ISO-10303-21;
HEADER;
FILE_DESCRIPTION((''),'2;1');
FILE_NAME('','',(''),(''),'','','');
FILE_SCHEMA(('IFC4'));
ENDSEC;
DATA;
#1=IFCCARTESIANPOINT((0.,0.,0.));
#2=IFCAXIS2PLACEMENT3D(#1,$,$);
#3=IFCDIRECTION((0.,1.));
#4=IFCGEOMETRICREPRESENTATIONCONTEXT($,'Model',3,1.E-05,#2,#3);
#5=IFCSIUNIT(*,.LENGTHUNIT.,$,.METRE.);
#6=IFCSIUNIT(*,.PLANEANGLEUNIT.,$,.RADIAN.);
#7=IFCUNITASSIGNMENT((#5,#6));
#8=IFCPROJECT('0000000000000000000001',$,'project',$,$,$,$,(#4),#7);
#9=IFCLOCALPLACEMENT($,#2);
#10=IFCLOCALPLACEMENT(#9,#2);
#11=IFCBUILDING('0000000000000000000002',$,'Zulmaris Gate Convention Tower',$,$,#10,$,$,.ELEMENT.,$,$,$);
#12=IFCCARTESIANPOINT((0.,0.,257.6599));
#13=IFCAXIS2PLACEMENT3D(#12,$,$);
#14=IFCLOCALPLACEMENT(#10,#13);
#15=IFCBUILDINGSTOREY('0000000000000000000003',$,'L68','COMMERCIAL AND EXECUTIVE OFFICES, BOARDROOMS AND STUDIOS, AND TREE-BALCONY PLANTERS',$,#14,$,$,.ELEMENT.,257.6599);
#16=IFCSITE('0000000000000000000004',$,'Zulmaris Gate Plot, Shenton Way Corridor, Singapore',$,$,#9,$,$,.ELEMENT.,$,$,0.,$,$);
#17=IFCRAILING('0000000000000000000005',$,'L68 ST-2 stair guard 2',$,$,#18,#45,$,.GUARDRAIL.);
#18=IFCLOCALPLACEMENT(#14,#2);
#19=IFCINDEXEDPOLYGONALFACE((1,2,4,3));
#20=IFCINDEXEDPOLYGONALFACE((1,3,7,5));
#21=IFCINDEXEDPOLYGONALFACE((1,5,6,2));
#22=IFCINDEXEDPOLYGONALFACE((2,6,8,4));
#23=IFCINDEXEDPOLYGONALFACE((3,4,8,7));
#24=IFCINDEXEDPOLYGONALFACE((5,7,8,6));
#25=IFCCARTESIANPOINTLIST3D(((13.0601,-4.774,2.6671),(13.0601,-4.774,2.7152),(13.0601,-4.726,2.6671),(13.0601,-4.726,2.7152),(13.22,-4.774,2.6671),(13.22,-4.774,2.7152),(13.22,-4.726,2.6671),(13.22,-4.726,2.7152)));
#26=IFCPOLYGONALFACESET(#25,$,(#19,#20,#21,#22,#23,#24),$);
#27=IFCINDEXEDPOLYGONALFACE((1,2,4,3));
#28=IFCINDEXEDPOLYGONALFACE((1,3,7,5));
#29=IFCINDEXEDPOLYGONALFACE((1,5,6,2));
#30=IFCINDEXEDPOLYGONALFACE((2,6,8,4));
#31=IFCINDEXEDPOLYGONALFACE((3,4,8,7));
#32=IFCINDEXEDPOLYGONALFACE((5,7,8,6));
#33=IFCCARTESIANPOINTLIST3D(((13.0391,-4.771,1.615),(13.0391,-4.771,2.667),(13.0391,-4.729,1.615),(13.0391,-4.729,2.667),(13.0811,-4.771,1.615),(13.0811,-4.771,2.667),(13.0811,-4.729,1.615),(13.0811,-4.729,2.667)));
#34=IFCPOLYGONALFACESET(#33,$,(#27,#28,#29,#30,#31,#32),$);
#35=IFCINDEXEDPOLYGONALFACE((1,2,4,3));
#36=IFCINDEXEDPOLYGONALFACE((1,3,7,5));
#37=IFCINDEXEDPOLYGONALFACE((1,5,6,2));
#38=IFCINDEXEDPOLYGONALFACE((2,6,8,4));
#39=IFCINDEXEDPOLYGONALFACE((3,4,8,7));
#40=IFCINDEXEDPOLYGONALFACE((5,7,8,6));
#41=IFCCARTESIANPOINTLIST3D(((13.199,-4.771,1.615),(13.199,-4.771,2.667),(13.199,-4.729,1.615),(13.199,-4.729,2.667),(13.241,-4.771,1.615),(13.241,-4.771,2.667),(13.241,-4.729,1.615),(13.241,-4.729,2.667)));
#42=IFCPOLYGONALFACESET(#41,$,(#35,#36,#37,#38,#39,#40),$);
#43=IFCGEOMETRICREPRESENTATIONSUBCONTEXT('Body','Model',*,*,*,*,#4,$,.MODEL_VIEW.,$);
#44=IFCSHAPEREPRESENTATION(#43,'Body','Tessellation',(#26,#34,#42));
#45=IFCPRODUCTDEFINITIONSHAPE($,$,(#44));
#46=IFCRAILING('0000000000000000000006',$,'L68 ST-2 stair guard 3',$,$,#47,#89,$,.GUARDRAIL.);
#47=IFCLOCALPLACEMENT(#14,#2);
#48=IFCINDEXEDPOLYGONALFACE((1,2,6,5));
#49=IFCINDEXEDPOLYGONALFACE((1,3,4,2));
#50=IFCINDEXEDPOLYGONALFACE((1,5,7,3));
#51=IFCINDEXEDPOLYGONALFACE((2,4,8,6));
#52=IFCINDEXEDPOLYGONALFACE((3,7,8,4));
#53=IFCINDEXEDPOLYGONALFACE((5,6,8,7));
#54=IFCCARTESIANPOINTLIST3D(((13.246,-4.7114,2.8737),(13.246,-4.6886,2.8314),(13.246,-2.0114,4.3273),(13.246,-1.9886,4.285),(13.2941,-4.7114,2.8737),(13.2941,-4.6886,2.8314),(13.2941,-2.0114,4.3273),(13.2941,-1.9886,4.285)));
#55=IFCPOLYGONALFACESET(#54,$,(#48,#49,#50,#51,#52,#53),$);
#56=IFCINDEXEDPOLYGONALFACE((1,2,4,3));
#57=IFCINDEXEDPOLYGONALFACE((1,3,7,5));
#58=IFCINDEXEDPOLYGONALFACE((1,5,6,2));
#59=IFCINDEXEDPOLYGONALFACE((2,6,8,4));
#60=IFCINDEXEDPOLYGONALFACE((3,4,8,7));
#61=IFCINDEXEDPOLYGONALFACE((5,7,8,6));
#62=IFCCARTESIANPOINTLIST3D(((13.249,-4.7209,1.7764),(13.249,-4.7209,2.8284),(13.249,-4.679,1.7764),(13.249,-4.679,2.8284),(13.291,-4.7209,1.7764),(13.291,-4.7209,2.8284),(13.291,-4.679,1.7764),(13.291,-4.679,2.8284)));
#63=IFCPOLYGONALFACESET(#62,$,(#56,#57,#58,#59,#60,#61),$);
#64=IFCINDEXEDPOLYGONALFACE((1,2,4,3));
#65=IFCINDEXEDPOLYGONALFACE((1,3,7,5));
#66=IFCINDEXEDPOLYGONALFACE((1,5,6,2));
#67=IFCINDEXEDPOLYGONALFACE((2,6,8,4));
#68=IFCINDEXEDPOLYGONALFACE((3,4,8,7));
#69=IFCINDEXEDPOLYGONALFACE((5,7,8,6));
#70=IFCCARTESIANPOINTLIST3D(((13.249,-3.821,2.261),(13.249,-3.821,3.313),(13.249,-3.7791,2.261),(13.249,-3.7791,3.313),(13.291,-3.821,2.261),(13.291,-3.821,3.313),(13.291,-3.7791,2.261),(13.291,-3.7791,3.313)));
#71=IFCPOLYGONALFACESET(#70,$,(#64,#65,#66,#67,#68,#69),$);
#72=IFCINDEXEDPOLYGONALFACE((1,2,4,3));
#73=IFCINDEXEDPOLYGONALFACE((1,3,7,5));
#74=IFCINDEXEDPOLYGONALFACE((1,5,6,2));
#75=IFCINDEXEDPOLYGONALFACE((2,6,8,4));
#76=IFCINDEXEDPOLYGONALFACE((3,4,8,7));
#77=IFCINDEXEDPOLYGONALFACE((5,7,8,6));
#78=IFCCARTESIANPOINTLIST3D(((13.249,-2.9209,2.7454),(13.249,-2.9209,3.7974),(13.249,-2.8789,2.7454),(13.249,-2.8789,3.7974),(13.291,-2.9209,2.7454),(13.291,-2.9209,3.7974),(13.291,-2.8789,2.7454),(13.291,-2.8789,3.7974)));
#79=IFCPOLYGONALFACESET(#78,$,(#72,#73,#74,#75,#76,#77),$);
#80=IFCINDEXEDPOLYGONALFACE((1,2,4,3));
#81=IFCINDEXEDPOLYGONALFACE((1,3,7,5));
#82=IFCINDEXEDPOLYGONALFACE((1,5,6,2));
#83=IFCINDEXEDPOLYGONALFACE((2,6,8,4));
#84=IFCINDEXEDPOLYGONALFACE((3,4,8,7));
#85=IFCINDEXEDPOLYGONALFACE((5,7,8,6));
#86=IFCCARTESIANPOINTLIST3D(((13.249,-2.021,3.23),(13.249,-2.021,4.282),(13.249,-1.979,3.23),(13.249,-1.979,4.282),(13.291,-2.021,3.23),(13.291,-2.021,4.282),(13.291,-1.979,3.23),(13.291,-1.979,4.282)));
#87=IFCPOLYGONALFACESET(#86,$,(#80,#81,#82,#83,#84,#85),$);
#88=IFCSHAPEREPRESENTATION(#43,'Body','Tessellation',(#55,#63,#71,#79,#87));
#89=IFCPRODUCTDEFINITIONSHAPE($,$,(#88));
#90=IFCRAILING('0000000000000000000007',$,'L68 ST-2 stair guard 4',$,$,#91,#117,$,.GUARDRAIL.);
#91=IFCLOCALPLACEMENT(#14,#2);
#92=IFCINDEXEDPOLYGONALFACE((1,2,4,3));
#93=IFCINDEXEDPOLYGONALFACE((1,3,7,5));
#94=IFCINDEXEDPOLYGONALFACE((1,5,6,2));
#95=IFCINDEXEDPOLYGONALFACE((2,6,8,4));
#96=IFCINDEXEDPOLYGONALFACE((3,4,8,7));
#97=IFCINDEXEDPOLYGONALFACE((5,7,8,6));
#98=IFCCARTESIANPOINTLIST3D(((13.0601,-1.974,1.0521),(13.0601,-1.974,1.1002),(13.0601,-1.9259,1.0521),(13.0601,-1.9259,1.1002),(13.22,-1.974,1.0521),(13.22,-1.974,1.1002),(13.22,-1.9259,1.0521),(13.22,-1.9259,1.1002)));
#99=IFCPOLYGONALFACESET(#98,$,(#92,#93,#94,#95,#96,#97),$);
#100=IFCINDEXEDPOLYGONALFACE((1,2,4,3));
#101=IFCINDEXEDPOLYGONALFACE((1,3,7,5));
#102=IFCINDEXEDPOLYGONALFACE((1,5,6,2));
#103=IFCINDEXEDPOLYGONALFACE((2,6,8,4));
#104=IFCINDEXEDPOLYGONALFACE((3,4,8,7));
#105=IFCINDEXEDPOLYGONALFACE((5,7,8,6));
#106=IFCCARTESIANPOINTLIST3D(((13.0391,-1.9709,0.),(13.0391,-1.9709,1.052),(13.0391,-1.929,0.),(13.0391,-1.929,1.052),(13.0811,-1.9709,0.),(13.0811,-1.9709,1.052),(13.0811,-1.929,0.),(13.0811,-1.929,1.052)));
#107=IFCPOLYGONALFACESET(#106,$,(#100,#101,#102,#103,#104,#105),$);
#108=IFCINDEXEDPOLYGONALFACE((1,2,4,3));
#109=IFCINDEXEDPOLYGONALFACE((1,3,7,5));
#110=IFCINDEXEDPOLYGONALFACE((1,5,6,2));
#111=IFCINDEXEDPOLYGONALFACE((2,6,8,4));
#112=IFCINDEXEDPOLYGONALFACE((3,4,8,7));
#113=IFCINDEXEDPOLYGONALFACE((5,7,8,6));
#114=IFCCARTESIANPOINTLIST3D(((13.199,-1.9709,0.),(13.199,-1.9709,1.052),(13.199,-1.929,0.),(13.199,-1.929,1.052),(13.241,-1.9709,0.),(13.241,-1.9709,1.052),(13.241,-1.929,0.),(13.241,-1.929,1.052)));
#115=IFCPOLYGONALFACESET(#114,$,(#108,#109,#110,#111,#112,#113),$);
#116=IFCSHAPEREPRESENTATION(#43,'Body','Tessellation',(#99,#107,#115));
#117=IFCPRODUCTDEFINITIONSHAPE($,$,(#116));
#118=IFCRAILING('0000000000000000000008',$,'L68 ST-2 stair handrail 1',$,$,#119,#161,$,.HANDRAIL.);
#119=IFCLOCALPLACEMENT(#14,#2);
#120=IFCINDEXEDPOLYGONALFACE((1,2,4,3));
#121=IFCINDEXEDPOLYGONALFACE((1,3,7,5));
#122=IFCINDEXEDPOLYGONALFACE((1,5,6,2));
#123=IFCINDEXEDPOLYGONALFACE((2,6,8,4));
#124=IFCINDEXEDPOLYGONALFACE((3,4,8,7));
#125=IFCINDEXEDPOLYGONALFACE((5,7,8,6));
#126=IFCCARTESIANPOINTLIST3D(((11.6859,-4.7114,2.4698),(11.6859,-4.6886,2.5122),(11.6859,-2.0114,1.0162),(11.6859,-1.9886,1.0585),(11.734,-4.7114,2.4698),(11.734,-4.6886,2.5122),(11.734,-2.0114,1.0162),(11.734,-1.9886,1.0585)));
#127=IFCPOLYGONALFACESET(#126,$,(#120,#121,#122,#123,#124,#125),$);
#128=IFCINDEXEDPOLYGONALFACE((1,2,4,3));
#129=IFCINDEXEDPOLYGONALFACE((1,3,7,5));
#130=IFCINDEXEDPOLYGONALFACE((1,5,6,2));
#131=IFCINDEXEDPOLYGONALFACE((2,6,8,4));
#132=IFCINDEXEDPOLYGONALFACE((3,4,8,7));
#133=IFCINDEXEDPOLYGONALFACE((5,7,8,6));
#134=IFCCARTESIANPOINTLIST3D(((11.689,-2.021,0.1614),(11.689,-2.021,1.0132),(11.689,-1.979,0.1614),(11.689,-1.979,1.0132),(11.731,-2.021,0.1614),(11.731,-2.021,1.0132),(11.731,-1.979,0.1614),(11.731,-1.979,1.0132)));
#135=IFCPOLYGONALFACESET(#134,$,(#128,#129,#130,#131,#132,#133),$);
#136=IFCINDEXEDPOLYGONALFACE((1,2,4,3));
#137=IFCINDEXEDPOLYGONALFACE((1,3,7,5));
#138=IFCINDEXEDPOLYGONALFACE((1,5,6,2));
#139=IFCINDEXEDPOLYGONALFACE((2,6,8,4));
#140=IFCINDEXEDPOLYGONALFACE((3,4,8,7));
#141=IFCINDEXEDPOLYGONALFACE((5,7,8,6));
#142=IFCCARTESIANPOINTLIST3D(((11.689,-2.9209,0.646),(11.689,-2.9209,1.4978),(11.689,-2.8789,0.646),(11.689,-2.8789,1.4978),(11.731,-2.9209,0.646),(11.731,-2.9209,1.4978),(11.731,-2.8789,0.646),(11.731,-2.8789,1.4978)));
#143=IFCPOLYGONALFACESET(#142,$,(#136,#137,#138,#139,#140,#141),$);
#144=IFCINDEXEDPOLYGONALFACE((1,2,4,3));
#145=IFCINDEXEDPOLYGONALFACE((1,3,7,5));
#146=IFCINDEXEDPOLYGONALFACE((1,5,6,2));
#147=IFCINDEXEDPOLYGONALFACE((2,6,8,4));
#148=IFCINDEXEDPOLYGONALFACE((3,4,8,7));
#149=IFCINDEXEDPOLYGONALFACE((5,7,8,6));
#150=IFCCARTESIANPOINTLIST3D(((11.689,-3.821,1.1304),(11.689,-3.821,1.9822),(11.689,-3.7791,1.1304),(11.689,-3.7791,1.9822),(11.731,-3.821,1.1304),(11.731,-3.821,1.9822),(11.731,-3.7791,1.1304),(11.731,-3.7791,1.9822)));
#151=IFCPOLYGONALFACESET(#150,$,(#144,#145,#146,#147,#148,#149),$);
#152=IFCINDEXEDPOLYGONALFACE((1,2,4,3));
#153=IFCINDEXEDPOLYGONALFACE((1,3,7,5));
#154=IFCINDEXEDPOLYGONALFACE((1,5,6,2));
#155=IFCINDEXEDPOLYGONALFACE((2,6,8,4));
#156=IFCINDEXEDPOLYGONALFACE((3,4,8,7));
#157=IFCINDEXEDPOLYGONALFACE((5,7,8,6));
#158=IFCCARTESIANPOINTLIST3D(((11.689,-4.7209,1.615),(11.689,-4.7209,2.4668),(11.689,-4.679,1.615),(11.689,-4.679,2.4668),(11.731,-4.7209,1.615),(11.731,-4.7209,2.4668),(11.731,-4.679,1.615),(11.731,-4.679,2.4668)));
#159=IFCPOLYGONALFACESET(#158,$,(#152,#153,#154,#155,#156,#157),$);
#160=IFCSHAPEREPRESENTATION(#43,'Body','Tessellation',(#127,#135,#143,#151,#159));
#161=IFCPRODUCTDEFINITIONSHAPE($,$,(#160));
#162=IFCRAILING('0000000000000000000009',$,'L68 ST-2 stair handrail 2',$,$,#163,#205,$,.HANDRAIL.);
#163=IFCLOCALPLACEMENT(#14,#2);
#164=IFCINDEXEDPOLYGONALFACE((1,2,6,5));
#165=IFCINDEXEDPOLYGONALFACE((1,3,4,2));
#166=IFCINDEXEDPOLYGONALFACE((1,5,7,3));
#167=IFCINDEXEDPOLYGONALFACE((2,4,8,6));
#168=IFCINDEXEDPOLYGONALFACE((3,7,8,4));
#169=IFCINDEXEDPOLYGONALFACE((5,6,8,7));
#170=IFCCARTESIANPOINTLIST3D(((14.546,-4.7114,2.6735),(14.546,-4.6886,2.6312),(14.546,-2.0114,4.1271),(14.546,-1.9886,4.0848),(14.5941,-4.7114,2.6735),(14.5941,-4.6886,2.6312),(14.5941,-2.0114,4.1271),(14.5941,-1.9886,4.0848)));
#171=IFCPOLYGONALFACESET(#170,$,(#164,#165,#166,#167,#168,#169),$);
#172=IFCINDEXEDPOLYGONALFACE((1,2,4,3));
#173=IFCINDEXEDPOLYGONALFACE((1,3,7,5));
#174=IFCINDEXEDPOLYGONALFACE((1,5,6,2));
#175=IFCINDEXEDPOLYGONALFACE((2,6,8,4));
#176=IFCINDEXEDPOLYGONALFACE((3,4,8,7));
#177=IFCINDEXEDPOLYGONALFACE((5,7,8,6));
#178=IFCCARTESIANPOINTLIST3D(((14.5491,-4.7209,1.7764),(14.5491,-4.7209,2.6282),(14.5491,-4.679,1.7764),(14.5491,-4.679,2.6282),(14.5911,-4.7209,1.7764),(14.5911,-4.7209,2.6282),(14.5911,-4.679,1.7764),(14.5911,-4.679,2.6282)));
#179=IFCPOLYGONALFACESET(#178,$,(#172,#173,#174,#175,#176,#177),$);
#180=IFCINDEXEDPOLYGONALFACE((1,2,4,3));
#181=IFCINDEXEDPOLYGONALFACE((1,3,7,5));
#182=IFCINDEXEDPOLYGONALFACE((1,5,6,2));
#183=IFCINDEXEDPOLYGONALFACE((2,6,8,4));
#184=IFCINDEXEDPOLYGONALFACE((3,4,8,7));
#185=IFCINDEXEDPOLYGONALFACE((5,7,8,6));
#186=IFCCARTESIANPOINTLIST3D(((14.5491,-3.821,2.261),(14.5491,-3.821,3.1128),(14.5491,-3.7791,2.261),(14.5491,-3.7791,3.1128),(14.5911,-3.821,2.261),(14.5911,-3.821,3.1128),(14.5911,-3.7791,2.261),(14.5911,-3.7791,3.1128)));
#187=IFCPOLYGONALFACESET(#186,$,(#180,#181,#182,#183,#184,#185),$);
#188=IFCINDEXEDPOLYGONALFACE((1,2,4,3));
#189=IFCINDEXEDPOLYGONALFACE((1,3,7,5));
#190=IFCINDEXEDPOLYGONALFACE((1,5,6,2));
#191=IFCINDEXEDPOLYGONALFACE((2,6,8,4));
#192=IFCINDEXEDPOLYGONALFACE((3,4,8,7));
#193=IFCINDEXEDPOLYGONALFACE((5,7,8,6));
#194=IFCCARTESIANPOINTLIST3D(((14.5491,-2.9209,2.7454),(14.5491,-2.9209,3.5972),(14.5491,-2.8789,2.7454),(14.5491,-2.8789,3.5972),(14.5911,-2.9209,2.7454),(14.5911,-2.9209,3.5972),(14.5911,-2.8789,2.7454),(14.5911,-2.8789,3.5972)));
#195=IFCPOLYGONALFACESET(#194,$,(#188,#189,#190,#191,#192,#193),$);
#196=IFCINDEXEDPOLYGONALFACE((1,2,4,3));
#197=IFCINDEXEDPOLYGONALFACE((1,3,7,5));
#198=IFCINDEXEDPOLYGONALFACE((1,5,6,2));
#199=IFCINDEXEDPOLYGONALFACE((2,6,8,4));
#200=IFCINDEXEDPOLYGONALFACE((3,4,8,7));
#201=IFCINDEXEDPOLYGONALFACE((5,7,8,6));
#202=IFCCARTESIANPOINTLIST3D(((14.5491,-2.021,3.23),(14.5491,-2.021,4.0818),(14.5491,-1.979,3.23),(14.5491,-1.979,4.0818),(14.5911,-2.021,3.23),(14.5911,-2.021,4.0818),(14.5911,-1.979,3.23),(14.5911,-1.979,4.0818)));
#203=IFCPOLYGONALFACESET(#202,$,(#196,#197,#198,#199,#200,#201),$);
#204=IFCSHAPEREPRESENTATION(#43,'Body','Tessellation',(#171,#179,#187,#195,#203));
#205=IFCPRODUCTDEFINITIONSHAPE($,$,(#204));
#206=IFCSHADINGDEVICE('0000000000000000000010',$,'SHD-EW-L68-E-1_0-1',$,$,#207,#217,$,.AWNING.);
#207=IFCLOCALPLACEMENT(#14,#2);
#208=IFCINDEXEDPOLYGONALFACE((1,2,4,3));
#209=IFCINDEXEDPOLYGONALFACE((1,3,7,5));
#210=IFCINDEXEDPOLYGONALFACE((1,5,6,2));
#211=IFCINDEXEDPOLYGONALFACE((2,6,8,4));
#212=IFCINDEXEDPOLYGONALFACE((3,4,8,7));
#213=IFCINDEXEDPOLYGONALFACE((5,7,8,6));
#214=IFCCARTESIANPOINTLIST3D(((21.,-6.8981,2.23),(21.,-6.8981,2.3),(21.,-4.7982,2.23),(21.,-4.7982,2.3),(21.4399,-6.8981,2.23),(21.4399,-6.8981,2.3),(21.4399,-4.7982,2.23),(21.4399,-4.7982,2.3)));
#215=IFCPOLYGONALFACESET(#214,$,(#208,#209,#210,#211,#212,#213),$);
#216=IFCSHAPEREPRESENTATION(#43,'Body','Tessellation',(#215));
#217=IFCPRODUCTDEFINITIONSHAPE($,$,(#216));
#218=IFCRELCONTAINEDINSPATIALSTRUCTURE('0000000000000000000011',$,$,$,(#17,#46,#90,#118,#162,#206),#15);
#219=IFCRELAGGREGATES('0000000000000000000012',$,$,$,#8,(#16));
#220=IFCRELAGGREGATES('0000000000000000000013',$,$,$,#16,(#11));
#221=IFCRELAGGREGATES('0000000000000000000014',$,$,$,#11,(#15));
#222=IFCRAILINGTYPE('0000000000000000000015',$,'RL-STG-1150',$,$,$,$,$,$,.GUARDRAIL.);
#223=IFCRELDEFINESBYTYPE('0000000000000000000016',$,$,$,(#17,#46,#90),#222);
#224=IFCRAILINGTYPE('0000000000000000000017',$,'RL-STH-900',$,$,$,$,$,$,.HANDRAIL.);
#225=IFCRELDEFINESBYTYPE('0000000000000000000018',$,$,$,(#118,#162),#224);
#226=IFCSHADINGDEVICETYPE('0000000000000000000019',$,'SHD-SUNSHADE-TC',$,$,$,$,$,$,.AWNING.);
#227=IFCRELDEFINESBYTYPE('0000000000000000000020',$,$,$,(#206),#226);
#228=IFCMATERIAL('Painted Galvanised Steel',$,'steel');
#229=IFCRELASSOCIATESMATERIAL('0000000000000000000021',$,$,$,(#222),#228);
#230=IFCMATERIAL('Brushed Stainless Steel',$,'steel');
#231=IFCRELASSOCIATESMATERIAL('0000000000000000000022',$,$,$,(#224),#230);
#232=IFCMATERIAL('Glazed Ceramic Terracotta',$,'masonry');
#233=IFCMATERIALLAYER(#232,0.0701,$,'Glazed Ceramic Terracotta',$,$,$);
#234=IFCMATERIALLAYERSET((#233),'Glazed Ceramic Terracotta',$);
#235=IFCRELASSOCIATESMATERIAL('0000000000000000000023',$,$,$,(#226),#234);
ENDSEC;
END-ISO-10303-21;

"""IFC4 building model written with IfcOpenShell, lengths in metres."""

from ifc_helpers import new_model, si_unit, direction, frame, frame_2d, origin, origin_2d, place, context, subcontext, project, spatial, rectangle, extrude, material, layer, layer_set, type_object, element, save


model = new_model("IFC4")

# Units and contexts
model_context = context("Model", 3, precision=1e-05, world=origin(), true_north=direction((0.0, 1.0)))
body_context = subcontext(model_context, "Body", "Model", "MODEL_VIEW")
ifc_project = project(units=[si_unit("LENGTHUNIT", "METRE"), si_unit("PLANEANGLEUNIT", "RADIAN")], contexts=[model_context])

# Site, building, storey
site_placement = place(None, origin())
site = spatial("IfcSite", under=ifc_project, at=site_placement, Name="Zulmaris Gate Plot, Shenton Way Corridor, Singapore", CompositionType="ELEMENT", RefElevation=0.0)
building_placement = place(site_placement, origin())
building = spatial("IfcBuilding", under=site, at=building_placement, Name="Zulmaris Gate Convention Tower", CompositionType="ELEMENT")
storey_placement = place(building_placement, frame((0.0, 0.0, 257.6599)))
storey = spatial("IfcBuildingStorey", under=building, at=storey_placement, Name="L68", Description="COMMERCIAL AND EXECUTIVE OFFICES, BOARDROOMS AND STUDIOS, AND TREE-BALCONY PLANTERS", CompositionType="ELEMENT", Elevation=257.6599)

# Railings
ifc_material_1 = material(Name="Painted Galvanised Steel", Category="steel")
railing_type_1 = type_object("IfcRailingType", Name="RL-STG-1150", PredefinedType="GUARDRAIL", material=ifc_material_1)
railing_1_placement = place(storey_placement, frame((13.0601, -4.75, 1.615)))
element("IfcRailing", 1, at=railing_1_placement, inside=storey, type_object=railing_type_1, Name="L68 ST-2 stair guard 2", PredefinedType="GUARDRAIL", context=body_context, shape_type="SweptSolid", body=[
    extrude(rectangle(XDim=0.0481, YDim=0.0481, at=origin_2d()), frame((0.0, 0.0, 1.0762), z_axis=(1.0, 0.0, 0.0), x_axis=(0.0, 1.0, 0.0)), (0.0, 0.0, 1.0), 0.1599),
    extrude(rectangle(XDim=0.042, YDim=0.042, at=origin_2d()), origin(), (0.0, 0.0, 1.0), 1.052),
    extrude(rectangle(XDim=0.042, YDim=0.042, at=origin_2d()), frame((0.1599, 0.0, 0.0)), (0.0, 0.0, 1.0), 1.052),
])
railing_2_placement = place(storey_placement, frame((13.27, -4.7, 1.7764)))
element("IfcRailing", 2, at=railing_2_placement, inside=storey, type_object=railing_type_1, Name="L68 ST-2 stair guard 3", PredefinedType="GUARDRAIL", context=body_context, shape_type="SweptSolid", body=[
    extrude(rectangle(XDim=0.0481, YDim=0.0481, at=origin_2d()), frame((0.0, 0.0, 1.0762), z_axis=(0.0, 0.880499, 0.474048), x_axis=(-1.0, 0.0, 0.0)), (0.0, 0.0, 1.0), 3.0664),
    extrude(rectangle(XDim=0.042, YDim=0.042, at=origin_2d()), origin(), (0.0, 0.0, 1.0), 1.052),
    extrude(rectangle(XDim=0.042, YDim=0.042, at=origin_2d()), frame((0.0, 0.8999, 0.4846)), (0.0, 0.0, 1.0), 1.052),
    extrude(rectangle(XDim=0.042, YDim=0.042, at=origin_2d()), frame((0.0, 1.8, 0.969)), (0.0, 0.0, 1.0), 1.052),
    extrude(rectangle(XDim=0.042, YDim=0.042, at=origin_2d()), frame((0.0, 2.7, 1.4536)), (0.0, 0.0, 1.0), 1.052),
])
railing_3_placement = place(storey_placement, frame((13.0601, -1.95, 0.0)))
element("IfcRailing", 3, at=railing_3_placement, inside=storey, type_object=railing_type_1, Name="L68 ST-2 stair guard 4", PredefinedType="GUARDRAIL", context=body_context, shape_type="SweptSolid", body=[
    extrude(rectangle(XDim=0.0481, YDim=0.0481, at=origin_2d()), frame((0.0, 0.0, 1.0762), z_axis=(1.0, 0.0, 0.0), x_axis=(0.0, 1.0, 0.0)), (0.0, 0.0, 1.0), 0.1599),
    extrude(rectangle(XDim=0.042, YDim=0.042, at=origin_2d()), origin(), (0.0, 0.0, 1.0), 1.052),
    extrude(rectangle(XDim=0.042, YDim=0.042, at=origin_2d()), frame((0.1599, 0.0, 0.0)), (0.0, 0.0, 1.0), 1.052),
])
ifc_material_2 = material(Name="Brushed Stainless Steel", Category="steel")
railing_type_2 = type_object("IfcRailingType", Name="RL-STH-900", PredefinedType="HANDRAIL", material=ifc_material_2)
railing_4_placement = place(storey_placement, frame((11.71, -2.0, 0.1614)))
element("IfcRailing", 4, at=railing_4_placement, inside=storey, type_object=railing_type_2, Name="L68 ST-2 stair handrail 1", PredefinedType="HANDRAIL", context=body_context, shape_type="SweptSolid", body=[
    extrude(rectangle(XDim=0.0481, YDim=0.0481, at=origin_2d()), frame((0.0, 0.0, 0.876), z_axis=(0.0, -0.880499, 0.474048), x_axis=(1.0, 0.0, 0.0)), (0.0, 0.0, 1.0), 3.0664),
    extrude(rectangle(XDim=0.042, YDim=0.042, at=origin_2d()), origin(), (0.0, 0.0, 1.0), 0.8518),
    extrude(rectangle(XDim=0.042, YDim=0.042, at=origin_2d()), frame((0.0, -0.8999, 0.4846)), (0.0, 0.0, 1.0), 0.8518),
    extrude(rectangle(XDim=0.042, YDim=0.042, at=origin_2d()), frame((0.0, -1.8, 0.969)), (0.0, 0.0, 1.0), 0.8518),
    extrude(rectangle(XDim=0.042, YDim=0.042, at=origin_2d()), frame((0.0, -2.7, 1.4536)), (0.0, 0.0, 1.0), 0.8518),
])
railing_5_placement = place(storey_placement, frame((14.5701, -4.7, 1.7764)))
element("IfcRailing", 5, at=railing_5_placement, inside=storey, type_object=railing_type_2, Name="L68 ST-2 stair handrail 2", PredefinedType="HANDRAIL", context=body_context, shape_type="SweptSolid", body=[
    extrude(rectangle(XDim=0.0481, YDim=0.0481, at=origin_2d()), frame((0.0, 0.0, 0.876), z_axis=(0.0, 0.880499, 0.474048), x_axis=(-1.0, 0.0, 0.0)), (0.0, 0.0, 1.0), 3.0664),
    extrude(rectangle(XDim=0.042, YDim=0.042, at=origin_2d()), origin(), (0.0, 0.0, 1.0), 0.8518),
    extrude(rectangle(XDim=0.042, YDim=0.042, at=origin_2d()), frame((0.0, 0.8999, 0.4846)), (0.0, 0.0, 1.0), 0.8518),
    extrude(rectangle(XDim=0.042, YDim=0.042, at=origin_2d()), frame((0.0, 1.8, 0.969)), (0.0, 0.0, 1.0), 0.8518),
    extrude(rectangle(XDim=0.042, YDim=0.042, at=origin_2d()), frame((0.0, 2.7, 1.4536)), (0.0, 0.0, 1.0), 0.8518),
])

# Shading device
ifc_material_3 = material(Name="Glazed Ceramic Terracotta", Category="masonry")
ifc_layer_1 = layer(ifc_material_3, 0.0701, Name="Glazed Ceramic Terracotta")
ifc_layer_set_1 = layer_set([ifc_layer_1], Name="Glazed Ceramic Terracotta")
shading_device_type = type_object("IfcShadingDeviceType", Name="SHD-SUNSHADE-TC", PredefinedType="AWNING", material=ifc_layer_set_1)
for number, where, z_axis, x_axis, name in (
    (6, (21.22, -6.8979, 2.23), (0.0, 0.0, 1.0), (0.0, 1.0, 0.0), "SHD-EW-L68-E-1_0-1"),
):
    element("IfcShadingDevice", number, at=place(storey_placement, frame(where, z_axis=z_axis, x_axis=x_axis)), inside=storey, type_object=shading_device_type, Name=name, PredefinedType="AWNING", context=body_context, shape_type="SweptSolid", body=[
        extrude(rectangle(XDim=2.0999, YDim=0.4399, at=frame_2d((1.0498, 0.0))), origin(), (0.0, 0.0, 1.0), 0.0701),
    ])

save(model, "model.ifc")
